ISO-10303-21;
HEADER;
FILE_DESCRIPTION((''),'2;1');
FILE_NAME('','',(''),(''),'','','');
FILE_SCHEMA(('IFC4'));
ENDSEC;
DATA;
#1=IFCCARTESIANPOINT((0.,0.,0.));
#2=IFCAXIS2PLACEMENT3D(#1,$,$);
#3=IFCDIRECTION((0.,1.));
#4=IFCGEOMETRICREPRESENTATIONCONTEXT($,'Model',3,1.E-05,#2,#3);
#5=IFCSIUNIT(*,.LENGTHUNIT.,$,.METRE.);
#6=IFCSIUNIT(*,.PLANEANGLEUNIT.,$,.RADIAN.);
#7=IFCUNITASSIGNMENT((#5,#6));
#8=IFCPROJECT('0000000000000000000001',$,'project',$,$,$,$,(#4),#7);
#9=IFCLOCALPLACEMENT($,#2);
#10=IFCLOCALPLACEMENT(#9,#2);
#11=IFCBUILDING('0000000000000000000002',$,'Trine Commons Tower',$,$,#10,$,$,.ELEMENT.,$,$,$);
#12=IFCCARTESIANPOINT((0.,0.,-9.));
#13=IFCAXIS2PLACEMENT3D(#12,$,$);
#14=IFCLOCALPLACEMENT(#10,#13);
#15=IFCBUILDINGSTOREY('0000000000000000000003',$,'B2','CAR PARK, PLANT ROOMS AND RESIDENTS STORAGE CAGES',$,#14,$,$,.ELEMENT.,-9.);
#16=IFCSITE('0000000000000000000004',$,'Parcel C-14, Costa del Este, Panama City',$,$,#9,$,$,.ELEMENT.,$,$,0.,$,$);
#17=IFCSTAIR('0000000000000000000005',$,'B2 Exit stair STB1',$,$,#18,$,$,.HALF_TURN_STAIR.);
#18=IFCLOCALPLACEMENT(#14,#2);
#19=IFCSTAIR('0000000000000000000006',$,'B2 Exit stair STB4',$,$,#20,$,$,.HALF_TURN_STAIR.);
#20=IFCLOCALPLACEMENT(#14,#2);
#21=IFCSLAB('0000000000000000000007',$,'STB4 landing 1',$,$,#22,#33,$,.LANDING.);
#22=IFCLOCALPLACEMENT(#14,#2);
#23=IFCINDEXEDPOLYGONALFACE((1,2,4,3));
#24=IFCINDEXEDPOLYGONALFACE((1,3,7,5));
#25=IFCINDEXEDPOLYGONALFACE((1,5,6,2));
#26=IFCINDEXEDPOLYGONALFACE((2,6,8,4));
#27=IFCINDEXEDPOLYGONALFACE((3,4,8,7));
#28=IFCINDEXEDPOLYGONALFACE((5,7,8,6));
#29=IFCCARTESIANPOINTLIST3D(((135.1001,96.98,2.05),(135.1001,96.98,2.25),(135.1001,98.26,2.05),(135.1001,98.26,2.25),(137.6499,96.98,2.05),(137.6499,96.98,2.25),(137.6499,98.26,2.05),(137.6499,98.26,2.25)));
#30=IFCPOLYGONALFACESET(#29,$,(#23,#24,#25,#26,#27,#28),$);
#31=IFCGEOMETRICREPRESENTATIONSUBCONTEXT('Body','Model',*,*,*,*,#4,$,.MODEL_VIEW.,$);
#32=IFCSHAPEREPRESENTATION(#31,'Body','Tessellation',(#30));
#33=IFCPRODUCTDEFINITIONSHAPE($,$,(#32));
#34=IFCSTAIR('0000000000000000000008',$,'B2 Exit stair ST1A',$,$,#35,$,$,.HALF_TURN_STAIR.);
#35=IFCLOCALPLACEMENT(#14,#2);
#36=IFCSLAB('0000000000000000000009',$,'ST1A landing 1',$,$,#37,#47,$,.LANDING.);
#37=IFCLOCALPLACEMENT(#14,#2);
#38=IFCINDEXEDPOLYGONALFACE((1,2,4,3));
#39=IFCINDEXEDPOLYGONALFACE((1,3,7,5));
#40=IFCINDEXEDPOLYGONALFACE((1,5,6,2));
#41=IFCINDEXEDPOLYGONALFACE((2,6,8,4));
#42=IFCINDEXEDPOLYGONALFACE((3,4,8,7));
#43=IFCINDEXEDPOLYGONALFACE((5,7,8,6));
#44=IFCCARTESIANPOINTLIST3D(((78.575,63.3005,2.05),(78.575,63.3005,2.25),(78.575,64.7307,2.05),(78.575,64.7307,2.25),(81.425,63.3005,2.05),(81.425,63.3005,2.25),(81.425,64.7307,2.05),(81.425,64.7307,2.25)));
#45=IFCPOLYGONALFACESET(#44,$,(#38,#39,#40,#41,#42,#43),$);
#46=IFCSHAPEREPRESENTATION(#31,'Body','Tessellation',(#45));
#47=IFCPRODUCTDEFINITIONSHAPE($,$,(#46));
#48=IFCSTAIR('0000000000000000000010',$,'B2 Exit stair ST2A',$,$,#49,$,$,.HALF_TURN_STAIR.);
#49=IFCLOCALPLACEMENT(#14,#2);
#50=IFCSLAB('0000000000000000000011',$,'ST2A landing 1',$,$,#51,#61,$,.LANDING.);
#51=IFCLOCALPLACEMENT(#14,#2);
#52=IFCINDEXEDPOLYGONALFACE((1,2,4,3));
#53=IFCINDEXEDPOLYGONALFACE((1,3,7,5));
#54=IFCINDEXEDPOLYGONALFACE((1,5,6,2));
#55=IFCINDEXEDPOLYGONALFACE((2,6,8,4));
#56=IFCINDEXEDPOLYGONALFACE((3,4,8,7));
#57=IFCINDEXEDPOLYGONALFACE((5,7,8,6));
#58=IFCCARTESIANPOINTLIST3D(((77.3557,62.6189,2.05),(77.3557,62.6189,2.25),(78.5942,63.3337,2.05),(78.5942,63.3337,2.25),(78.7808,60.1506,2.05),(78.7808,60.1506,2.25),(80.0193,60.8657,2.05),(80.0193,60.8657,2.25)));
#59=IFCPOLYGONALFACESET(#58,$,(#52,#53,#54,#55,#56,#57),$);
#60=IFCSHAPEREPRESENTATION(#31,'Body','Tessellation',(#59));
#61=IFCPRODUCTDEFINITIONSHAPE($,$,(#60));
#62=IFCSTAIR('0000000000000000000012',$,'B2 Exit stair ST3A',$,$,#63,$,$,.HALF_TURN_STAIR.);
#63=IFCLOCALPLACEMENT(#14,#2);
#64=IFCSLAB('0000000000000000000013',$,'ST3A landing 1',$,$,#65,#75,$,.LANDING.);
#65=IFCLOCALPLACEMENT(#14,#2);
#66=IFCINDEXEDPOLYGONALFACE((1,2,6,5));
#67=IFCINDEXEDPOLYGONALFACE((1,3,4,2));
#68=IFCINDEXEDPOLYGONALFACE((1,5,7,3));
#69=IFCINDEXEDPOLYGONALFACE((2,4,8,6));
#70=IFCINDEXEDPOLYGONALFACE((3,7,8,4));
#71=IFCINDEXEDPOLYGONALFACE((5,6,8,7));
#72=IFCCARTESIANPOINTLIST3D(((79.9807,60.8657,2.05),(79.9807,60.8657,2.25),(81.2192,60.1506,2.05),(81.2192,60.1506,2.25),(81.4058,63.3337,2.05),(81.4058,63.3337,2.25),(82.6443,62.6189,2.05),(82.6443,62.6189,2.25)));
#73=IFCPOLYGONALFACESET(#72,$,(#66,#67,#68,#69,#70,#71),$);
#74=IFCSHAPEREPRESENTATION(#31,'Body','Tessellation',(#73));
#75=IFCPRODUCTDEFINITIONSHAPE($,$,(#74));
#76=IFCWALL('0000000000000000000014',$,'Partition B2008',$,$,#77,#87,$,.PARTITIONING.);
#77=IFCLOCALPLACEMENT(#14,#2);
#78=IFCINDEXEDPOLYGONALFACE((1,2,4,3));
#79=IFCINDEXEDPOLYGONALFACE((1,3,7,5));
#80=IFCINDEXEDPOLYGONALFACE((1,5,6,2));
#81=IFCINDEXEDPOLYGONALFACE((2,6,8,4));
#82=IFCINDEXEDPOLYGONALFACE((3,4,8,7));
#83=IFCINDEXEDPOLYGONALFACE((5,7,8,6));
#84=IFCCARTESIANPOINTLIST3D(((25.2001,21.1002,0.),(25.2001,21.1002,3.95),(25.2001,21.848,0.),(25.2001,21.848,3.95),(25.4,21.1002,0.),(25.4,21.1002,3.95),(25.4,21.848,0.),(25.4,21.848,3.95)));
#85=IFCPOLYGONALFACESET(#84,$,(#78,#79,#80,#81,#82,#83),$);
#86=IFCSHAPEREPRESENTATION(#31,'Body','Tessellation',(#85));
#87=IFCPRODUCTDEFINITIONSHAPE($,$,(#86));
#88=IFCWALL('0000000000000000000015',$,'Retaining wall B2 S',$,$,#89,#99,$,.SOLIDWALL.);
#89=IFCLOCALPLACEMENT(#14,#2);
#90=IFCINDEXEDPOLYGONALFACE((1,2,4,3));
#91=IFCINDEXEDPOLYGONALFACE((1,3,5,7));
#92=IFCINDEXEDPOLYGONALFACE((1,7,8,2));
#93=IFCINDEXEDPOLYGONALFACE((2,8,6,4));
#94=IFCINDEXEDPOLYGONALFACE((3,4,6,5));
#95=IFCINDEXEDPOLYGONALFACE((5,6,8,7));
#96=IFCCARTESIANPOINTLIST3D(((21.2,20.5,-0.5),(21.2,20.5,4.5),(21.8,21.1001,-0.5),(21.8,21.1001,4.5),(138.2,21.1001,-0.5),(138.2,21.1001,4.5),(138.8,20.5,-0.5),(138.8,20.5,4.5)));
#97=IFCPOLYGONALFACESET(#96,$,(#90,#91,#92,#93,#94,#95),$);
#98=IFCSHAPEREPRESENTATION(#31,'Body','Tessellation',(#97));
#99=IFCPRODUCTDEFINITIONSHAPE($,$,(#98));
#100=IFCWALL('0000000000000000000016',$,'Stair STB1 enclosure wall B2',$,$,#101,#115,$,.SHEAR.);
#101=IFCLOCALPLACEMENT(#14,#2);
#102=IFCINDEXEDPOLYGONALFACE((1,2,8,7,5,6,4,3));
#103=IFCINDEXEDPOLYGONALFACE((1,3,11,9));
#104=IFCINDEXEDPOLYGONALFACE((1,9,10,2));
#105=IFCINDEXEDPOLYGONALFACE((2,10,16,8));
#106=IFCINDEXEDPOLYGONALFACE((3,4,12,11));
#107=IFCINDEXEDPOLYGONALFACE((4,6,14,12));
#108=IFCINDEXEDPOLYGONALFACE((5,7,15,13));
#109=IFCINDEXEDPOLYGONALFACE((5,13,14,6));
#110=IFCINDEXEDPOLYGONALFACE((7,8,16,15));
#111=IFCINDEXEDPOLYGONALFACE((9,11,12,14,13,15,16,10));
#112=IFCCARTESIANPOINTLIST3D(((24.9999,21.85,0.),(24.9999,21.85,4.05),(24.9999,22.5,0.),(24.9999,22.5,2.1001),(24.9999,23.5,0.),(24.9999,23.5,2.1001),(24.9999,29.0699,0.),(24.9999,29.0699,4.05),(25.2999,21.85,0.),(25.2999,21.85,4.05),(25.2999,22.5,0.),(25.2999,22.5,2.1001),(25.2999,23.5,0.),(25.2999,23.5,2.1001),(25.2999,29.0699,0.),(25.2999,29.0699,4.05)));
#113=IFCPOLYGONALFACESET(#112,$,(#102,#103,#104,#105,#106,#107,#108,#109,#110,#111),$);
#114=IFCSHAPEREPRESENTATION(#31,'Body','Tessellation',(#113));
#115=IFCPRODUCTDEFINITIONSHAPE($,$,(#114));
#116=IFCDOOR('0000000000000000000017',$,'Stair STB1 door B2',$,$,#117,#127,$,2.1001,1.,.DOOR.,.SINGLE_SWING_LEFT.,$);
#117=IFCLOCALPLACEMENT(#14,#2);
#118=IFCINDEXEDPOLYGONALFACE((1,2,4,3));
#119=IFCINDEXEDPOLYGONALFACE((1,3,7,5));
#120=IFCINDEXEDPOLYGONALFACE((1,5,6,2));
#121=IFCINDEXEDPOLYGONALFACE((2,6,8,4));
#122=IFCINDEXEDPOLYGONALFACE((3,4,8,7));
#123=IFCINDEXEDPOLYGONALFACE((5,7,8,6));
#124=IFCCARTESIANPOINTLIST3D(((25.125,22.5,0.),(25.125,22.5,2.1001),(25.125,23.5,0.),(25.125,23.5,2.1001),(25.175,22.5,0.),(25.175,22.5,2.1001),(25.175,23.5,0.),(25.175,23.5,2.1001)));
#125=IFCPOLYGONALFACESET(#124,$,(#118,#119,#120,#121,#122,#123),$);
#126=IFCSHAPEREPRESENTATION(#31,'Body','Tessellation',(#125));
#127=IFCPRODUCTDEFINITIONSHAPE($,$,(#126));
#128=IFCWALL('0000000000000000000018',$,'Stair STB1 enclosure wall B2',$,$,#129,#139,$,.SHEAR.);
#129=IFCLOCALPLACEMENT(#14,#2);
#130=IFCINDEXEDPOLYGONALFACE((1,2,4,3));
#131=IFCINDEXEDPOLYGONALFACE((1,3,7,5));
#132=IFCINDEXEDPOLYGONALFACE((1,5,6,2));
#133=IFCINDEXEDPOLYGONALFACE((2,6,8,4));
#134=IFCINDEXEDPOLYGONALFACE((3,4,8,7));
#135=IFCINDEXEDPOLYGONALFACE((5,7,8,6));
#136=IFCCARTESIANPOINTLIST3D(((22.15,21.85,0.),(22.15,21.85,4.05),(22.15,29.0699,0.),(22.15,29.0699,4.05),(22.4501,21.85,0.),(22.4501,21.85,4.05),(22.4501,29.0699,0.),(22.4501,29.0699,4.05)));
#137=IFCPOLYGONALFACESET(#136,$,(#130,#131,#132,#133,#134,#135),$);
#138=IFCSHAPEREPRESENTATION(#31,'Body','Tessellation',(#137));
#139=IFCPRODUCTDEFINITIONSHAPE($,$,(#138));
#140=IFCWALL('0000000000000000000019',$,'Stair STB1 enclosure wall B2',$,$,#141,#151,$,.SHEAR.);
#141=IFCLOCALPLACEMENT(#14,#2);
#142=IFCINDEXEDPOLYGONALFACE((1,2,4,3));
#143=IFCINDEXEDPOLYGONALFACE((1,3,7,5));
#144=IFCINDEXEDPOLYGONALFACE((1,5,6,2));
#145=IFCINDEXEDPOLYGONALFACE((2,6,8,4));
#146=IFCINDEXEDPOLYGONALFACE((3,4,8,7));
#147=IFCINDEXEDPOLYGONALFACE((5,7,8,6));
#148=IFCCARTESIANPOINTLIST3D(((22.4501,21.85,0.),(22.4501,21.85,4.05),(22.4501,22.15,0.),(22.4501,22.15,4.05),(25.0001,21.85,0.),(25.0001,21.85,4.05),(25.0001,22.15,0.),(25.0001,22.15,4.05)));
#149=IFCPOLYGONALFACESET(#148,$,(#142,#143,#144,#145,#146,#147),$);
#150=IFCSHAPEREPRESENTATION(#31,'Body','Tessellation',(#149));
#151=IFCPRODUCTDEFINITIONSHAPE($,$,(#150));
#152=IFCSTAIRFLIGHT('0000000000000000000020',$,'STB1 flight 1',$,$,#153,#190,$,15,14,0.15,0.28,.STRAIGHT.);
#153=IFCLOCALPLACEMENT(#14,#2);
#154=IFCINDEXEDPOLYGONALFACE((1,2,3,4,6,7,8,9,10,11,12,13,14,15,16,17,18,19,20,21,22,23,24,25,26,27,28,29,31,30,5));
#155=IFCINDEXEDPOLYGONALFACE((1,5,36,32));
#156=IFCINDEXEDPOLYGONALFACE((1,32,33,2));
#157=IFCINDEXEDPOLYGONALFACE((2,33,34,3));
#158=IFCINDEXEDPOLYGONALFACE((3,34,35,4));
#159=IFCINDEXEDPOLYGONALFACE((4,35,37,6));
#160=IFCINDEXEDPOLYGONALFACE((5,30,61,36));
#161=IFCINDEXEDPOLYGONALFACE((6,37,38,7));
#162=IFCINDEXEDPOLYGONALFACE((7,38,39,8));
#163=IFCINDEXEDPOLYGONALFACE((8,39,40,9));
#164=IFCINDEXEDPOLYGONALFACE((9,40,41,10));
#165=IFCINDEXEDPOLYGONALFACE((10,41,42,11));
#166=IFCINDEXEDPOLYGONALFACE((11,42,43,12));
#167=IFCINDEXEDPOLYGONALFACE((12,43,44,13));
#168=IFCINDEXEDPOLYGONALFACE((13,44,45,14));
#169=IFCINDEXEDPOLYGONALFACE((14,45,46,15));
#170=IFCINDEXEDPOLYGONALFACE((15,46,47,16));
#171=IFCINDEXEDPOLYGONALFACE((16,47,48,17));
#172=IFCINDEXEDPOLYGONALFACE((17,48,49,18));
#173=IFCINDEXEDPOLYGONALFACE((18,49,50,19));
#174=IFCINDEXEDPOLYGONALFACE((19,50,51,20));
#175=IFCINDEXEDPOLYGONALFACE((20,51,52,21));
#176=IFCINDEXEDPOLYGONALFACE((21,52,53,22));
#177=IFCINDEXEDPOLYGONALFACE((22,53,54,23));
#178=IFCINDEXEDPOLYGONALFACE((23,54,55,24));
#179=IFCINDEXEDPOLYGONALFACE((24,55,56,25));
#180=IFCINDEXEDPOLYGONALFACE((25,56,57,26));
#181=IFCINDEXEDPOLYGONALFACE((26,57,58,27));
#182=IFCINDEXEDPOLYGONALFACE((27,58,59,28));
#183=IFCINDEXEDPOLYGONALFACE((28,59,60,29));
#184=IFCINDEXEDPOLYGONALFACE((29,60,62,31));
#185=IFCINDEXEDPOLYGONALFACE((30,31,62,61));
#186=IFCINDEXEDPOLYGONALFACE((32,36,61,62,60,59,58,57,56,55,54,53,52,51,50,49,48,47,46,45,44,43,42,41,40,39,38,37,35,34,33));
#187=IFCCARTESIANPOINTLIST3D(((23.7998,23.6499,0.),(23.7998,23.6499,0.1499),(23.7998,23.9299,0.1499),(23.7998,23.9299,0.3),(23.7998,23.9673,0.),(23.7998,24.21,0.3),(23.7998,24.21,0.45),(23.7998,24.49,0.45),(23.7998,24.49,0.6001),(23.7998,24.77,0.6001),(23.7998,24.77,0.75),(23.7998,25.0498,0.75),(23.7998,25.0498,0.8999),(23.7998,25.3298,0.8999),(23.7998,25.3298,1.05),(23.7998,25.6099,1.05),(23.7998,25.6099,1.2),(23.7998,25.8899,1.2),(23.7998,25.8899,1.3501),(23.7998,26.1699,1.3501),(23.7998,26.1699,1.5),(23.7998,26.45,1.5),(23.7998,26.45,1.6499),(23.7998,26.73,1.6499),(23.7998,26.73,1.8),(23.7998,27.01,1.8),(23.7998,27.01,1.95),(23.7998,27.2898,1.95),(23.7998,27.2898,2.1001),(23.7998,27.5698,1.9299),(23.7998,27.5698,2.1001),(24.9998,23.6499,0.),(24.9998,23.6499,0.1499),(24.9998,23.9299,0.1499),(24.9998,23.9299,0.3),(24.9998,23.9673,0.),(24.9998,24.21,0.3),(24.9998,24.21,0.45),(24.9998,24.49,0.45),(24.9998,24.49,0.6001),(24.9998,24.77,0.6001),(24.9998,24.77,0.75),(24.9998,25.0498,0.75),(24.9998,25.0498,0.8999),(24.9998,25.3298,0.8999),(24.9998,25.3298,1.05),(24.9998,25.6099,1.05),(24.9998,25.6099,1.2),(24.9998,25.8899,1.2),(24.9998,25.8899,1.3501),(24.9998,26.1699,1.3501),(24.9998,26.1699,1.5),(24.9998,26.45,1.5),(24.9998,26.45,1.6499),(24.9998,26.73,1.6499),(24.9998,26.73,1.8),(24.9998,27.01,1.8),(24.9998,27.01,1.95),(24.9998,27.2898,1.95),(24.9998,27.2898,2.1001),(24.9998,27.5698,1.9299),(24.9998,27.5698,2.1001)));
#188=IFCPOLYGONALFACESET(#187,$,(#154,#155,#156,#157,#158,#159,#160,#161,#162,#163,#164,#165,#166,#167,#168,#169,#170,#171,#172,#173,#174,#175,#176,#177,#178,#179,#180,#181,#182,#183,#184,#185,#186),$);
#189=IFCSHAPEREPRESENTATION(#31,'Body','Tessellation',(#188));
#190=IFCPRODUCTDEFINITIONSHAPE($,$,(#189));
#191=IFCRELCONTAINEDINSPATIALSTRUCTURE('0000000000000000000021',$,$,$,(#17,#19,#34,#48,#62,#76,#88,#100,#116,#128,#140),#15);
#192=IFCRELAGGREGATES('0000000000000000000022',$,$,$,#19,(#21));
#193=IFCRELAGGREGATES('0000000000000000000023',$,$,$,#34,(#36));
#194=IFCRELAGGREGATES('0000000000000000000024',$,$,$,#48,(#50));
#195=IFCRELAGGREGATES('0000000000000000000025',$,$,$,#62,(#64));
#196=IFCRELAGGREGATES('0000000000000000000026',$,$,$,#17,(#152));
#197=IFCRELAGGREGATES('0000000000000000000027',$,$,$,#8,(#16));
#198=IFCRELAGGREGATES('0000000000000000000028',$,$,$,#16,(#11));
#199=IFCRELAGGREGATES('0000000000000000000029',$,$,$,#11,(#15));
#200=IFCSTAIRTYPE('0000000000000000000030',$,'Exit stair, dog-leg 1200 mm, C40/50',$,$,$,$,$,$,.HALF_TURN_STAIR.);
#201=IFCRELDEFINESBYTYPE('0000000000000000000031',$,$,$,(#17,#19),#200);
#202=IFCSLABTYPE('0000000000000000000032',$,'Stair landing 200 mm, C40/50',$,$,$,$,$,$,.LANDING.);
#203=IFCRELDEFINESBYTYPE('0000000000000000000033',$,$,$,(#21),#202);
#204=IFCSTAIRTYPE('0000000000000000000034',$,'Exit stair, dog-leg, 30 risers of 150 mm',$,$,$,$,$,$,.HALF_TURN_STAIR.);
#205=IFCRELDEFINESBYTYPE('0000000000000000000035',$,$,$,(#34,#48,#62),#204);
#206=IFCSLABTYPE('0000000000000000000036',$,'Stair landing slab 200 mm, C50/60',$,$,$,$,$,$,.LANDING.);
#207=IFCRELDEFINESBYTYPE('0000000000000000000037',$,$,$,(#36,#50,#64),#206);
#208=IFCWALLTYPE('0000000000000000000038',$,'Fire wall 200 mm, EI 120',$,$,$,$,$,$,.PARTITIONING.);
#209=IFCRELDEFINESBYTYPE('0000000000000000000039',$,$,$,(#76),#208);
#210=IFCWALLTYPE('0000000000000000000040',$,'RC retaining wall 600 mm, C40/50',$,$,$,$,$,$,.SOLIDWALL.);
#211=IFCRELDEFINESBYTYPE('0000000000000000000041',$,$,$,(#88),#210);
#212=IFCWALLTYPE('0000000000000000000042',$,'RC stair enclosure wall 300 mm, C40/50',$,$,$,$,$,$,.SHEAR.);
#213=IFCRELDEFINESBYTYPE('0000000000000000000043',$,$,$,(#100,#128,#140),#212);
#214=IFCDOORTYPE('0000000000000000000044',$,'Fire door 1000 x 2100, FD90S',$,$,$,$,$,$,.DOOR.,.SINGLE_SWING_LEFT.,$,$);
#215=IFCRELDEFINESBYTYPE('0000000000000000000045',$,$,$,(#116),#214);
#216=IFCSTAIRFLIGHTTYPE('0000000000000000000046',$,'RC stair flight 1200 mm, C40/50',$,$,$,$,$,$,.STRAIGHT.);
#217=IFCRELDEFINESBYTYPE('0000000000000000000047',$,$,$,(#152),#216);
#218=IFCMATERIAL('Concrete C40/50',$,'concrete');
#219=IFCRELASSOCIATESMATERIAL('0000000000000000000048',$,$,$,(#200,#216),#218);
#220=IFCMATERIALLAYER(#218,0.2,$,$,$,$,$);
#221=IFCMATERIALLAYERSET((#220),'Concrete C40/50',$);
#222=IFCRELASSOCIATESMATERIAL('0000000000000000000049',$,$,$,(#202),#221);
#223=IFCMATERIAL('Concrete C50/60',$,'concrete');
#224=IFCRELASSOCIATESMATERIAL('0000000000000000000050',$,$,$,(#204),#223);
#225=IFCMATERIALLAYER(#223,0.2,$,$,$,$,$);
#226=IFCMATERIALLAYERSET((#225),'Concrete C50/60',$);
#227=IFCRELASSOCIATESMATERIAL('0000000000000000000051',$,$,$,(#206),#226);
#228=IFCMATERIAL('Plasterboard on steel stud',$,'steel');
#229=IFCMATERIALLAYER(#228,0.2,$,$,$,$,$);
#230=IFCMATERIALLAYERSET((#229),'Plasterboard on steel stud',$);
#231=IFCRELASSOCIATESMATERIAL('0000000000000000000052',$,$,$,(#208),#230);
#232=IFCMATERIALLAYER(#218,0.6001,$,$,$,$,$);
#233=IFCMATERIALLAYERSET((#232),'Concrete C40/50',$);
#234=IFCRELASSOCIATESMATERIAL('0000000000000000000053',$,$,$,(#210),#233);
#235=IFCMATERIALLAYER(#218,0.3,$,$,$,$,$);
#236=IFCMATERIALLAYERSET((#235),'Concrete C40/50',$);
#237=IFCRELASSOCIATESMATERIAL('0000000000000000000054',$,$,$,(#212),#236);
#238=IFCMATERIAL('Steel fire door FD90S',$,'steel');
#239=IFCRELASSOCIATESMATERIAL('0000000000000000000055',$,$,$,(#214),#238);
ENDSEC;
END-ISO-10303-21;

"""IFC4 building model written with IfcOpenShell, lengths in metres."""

from ifc_helpers import new_model, si_unit, direction, frame, frame_2d, origin, place, context, subcontext, project, spatial, polyline, rectangle, outline, extrude, material, layer, layer_set, type_object, element, fill, aggregate, save


model = new_model("IFC4")

# Units and contexts
model_context = context("Model", 3, precision=1e-05, world=origin(), true_north=direction((0.0, 1.0)))
body_context = subcontext(model_context, "Body", "Model", "MODEL_VIEW")
ifc_project = project(units=[si_unit("LENGTHUNIT", "METRE"), si_unit("PLANEANGLEUNIT", "RADIAN")], contexts=[model_context])

# Site, building, storey
site_placement = place(None, origin())
site = spatial("IfcSite", under=ifc_project, at=site_placement, Name="Parcel C-14, Costa del Este, Panama City", CompositionType="ELEMENT", RefElevation=0.0)
building_placement = place(site_placement, origin())
building = spatial("IfcBuilding", under=site, at=building_placement, Name="Trine Commons Tower", CompositionType="ELEMENT")
storey_placement = place(building_placement, frame((0.0, 0.0, -9.0)))
storey = spatial("IfcBuildingStorey", under=building, at=storey_placement, Name="B2", Description="CAR PARK, PLANT ROOMS AND RESIDENTS STORAGE CAGES", CompositionType="ELEMENT", Elevation=-9.0)

# Shared definitions
ifc_material_1 = material(Name="Concrete C40/50", Category="concrete")

# Stairs, slabs
stair_type_1 = type_object("IfcStairType", Name="Exit stair, dog-leg 1200 mm, C40/50", PredefinedType="HALF_TURN_STAIR", material=ifc_material_1)
stair_1_placement = place(storey_placement, origin())
stair_1 = element("IfcStair", 1, at=stair_1_placement, inside=storey, type_object=stair_type_1, Name="B2 Exit stair STB1", PredefinedType="HALF_TURN_STAIR")
ifc_layer_1 = layer(ifc_material_1, 0.2)
ifc_layer_set_1 = layer_set([ifc_layer_1], Name="Concrete C40/50")
slab_type_1 = type_object("IfcSlabType", Name="Stair landing 200 mm, C40/50", PredefinedType="LANDING", material=ifc_layer_set_1)
stair_2_placement = place(storey_placement, origin())
stair_2 = element("IfcStair", 2, at=stair_2_placement, inside=storey, type_object=stair_type_1, Name="B2 Exit stair STB4", PredefinedType="HALF_TURN_STAIR")
slab_1_placement = place(storey_placement, frame((0.0, 0.0, 2.05)))
slab_1 = element("IfcSlab", 3, at=slab_1_placement, type_object=slab_type_1, Name="STB4 landing 1", PredefinedType="LANDING", context=body_context, shape_type="SweptSolid", body=[
    extrude(outline(polyline([(135.1001, 98.26), (135.1001, 96.98), (137.6499, 96.98), (137.6499, 98.26), (135.1001, 98.26)])), origin(), (0.0, 0.0, 1.0), 0.2),
])
aggregate(stair_2, [slab_1])
ifc_material_2 = material(Name="Concrete C50/60", Category="concrete")
stair_type_2 = type_object("IfcStairType", Name="Exit stair, dog-leg, 30 risers of 150 mm", PredefinedType="HALF_TURN_STAIR", material=ifc_material_2)
stair_3_placement = place(storey_placement, origin())
stair_3 = element("IfcStair", 4, at=stair_3_placement, inside=storey, type_object=stair_type_2, Name="B2 Exit stair ST1A", PredefinedType="HALF_TURN_STAIR")
ifc_layer_2 = layer(ifc_material_2, 0.2)
ifc_layer_set_2 = layer_set([ifc_layer_2], Name="Concrete C50/60")
slab_type_2 = type_object("IfcSlabType", Name="Stair landing slab 200 mm, C50/60", PredefinedType="LANDING", material=ifc_layer_set_2)
slab_2_placement = place(storey_placement, frame((0.0, 0.0, 2.05)))
slab_2 = element("IfcSlab", 5, at=slab_2_placement, type_object=slab_type_2, Name="ST1A landing 1", PredefinedType="LANDING", context=body_context, shape_type="SweptSolid", body=[
    extrude(outline(polyline([(78.575, 64.7307), (78.575, 63.3005), (81.425, 63.3005), (81.425, 64.7307), (78.575, 64.7307)])), origin(), (0.0, 0.0, 1.0), 0.2),
])
aggregate(stair_3, [slab_2])
stair_4_placement = place(storey_placement, origin())
stair_4 = element("IfcStair", 6, at=stair_4_placement, inside=storey, type_object=stair_type_2, Name="B2 Exit stair ST2A", PredefinedType="HALF_TURN_STAIR")
slab_3_placement = place(storey_placement, frame((0.0, 0.0, 2.05)))
slab_3 = element("IfcSlab", 7, at=slab_3_placement, type_object=slab_type_2, Name="ST2A landing 1", PredefinedType="LANDING", context=body_context, shape_type="SweptSolid", body=[
    extrude(outline(polyline([(78.7808, 60.1506), (80.0193, 60.8657), (78.5942, 63.3337), (77.3557, 62.6189), (78.7808, 60.1506)])), origin(), (0.0, 0.0, 1.0), 0.2),
])
aggregate(stair_4, [slab_3])
stair_5_placement = place(storey_placement, origin())
stair_5 = element("IfcStair", 8, at=stair_5_placement, inside=storey, type_object=stair_type_2, Name="B2 Exit stair ST3A", PredefinedType="HALF_TURN_STAIR")
slab_4_placement = place(storey_placement, frame((0.0, 0.0, 2.05)))
slab_4 = element("IfcSlab", 9, at=slab_4_placement, type_object=slab_type_2, Name="ST3A landing 1", PredefinedType="LANDING", context=body_context, shape_type="SweptSolid", body=[
    extrude(outline(polyline([(82.6443, 62.6189), (81.4058, 63.3337), (79.9807, 60.8657), (81.2192, 60.1506), (82.6443, 62.6189)])), origin(), (0.0, 0.0, 1.0), 0.2),
])
aggregate(stair_5, [slab_4])

# Walls
ifc_material_3 = material(Name="Plasterboard on steel stud", Category="steel")
ifc_layer_3 = layer(ifc_material_3, 0.2)
ifc_layer_set_3 = layer_set([ifc_layer_3], Name="Plasterboard on steel stud")
wall_type_1 = type_object("IfcWallType", Name="Fire wall 200 mm, EI 120", PredefinedType="PARTITIONING", material=ifc_layer_set_3)
wall_1_placement = place(storey_placement, frame((25.3, 21.1001, 0.0), z_axis=(0.0, 0.0, 1.0), x_axis=(0.0, 1.0, 0.0)))
element("IfcWall", 10, at=wall_1_placement, inside=storey, type_object=wall_type_1, Name="Partition B2008", PredefinedType="PARTITIONING", context=body_context, shape_type="SweptSolid", body=[
    extrude(rectangle(XDim=0.7478, YDim=0.2, at=frame_2d((0.374, 0.0))), origin(), (0.0, 0.0, 1.0), 3.95),
])
ifc_layer_4 = layer(ifc_material_1, 0.6001)
ifc_layer_set_4 = layer_set([ifc_layer_4], Name="Concrete C40/50")
wall_type_2 = type_object("IfcWallType", Name="RC retaining wall 600 mm, C40/50", PredefinedType="SOLIDWALL", material=ifc_layer_set_4)
wall_2_placement = place(storey_placement, frame((21.5, 20.8, -0.5), z_axis=(0.0, 0.0, 1.0), x_axis=(1.0, 0.0, 0.0)))
element("IfcWall", 11, at=wall_2_placement, inside=storey, type_object=wall_type_2, Name="Retaining wall B2 S", PredefinedType="SOLIDWALL", context=body_context, shape_type="SweptSolid", body=[
    extrude(outline(polyline([(-0.3, -0.3), (117.3, -0.3), (116.7, 0.3), (0.3, 0.3), (-0.3, -0.3)])), origin(), (0.0, 0.0, 1.0), 5.0),
])

# Wall, opening, door
ifc_layer_5 = layer(ifc_material_1, 0.3)
ifc_layer_set_5 = layer_set([ifc_layer_5], Name="Concrete C40/50")
wall_type_3 = type_object("IfcWallType", Name="RC stair enclosure wall 300 mm, C40/50", PredefinedType="SHEAR", material=ifc_layer_set_5)
wall_3_placement = place(storey_placement, frame((25.1499, 21.8501, 0.0), z_axis=(0.0, 0.0, 1.0), x_axis=(0.0, 1.0, 0.0)))
wall_3 = element("IfcWall", 12, at=wall_3_placement, inside=storey, type_object=wall_type_3, Name="Stair STB1 enclosure wall B2", PredefinedType="SHEAR", context=body_context, shape_type="SweptSolid", body=[
    extrude(rectangle(XDim=7.22, YDim=0.3, at=frame_2d((3.6099, 0.0))), origin(), (0.0, 0.0, 1.0), 4.05),
])
opening_placement = place(wall_3_placement, frame((0.6499, 0.0, 0.0)))
opening = element("IfcOpeningElement", 13, at=opening_placement, cuts=wall_3, PredefinedType="OPENING", context=body_context, shape_type="SweptSolid", body=[
    extrude(rectangle(XDim=1.0, YDim=2.1001, at=frame_2d((0.5, 1.05))), frame((0.0, 0.1599, 0.0), z_axis=(0.0, -1.0, 0.0), x_axis=(1.0, 0.0, 0.0)), (0.0, 0.0, 1.0), 0.3201),
])
ifc_material_4 = material(Name="Steel fire door FD90S", Category="steel")
door_type = type_object("IfcDoorType", Name="Fire door 1000 x 2100, FD90S", OperationType="SINGLE_SWING_LEFT", PredefinedType="DOOR", material=ifc_material_4)
door_placement = place(opening_placement, origin())
door = element("IfcDoor", 14, at=door_placement, inside=storey, type_object=door_type, Name="Stair STB1 door B2", OperationType="SINGLE_SWING_LEFT", OverallHeight=2.1001, OverallWidth=1.0, PredefinedType="DOOR", context=body_context, shape_type="SweptSolid", body=[
    extrude(rectangle(XDim=1.0, YDim=2.1001, at=frame_2d((0.5, 1.05))), frame((0.0, 0.0249, 0.0), z_axis=(0.0, -1.0, 0.0), x_axis=(1.0, 0.0, 0.0)), (0.0, 0.0, 1.0), 0.05),
])
fill(opening, door)

# Walls
wall_4_placement = place(storey_placement, frame((22.3, 21.8501, 0.0), z_axis=(0.0, 0.0, 1.0), x_axis=(0.0, 1.0, 0.0)))
element("IfcWall", 15, at=wall_4_placement, inside=storey, type_object=wall_type_3, Name="Stair STB1 enclosure wall B2", PredefinedType="SHEAR", context=body_context, shape_type="SweptSolid", body=[
    extrude(rectangle(XDim=7.22, YDim=0.3, at=frame_2d((3.6099, 0.0))), origin(), (0.0, 0.0, 1.0), 4.05),
])
wall_5_placement = place(storey_placement, frame((25.0, 22.0, 0.0), z_axis=(0.0, 0.0, 1.0), x_axis=(-1.0, 0.0, 0.0)))
element("IfcWall", 16, at=wall_5_placement, inside=storey, type_object=wall_type_3, Name="Stair STB1 enclosure wall B2", PredefinedType="SHEAR", context=body_context, shape_type="SweptSolid", body=[
    extrude(rectangle(XDim=2.55, YDim=0.3, at=frame_2d((1.2749, 0.0))), origin(), (0.0, 0.0, 1.0), 4.05),
])

# Stair flight
stair_flight_type = type_object("IfcStairFlightType", Name="RC stair flight 1200 mm, C40/50", PredefinedType="STRAIGHT", material=ifc_material_1)
stair_flight_placement = place(storey_placement, frame((24.3999, 23.6499, 0.0), z_axis=(0.0, 0.0, 1.0), x_axis=(0.0, 1.0, 0.0)))
stair_flight = element("IfcStairFlight", 17, at=stair_flight_placement, type_object=stair_flight_type, Name="STB1 flight 1", NumberOfRisers=15, NumberOfTreads=14, PredefinedType="STRAIGHT", RiserHeight=0.15, TreadLength=0.28, context=body_context, shape_type="SweptSolid", body=[
    extrude(outline(polyline([(0.0, 0.0), (0.0, 0.1499), (0.28, 0.1499), (0.28, 0.3), (0.5601, 0.3), (0.5601, 0.45), (0.8401, 0.45), (0.8401, 0.6001), (1.1201, 0.6001), (1.1201, 0.75), (1.3999, 0.75), (1.3999, 0.8999), (1.6799, 0.8999), (1.6799, 1.05), (1.96, 1.05), (1.96, 1.2), (2.24, 1.2), (2.24, 1.3501), (2.52, 1.3501), (2.52, 1.5), (2.8, 1.5), (2.8, 1.6499), (3.0801, 1.6499), (3.0801, 1.8), (3.3601, 1.8), (3.3601, 1.95), (3.6399, 1.95), (3.6399, 2.1001), (3.9199, 2.1001), (3.9199, 2.25), (3.9199, 1.9299), (0.3174, 0.0), (0.0, 0.0)])), frame((0.0, 0.6001, 0.0), z_axis=(0.0, -1.0, 0.0), x_axis=(1.0, 0.0, 0.0)), (0.0, 0.0, 1.0), 1.2),
])
aggregate(stair_1, [stair_flight])

save(model, "model.ifc")
